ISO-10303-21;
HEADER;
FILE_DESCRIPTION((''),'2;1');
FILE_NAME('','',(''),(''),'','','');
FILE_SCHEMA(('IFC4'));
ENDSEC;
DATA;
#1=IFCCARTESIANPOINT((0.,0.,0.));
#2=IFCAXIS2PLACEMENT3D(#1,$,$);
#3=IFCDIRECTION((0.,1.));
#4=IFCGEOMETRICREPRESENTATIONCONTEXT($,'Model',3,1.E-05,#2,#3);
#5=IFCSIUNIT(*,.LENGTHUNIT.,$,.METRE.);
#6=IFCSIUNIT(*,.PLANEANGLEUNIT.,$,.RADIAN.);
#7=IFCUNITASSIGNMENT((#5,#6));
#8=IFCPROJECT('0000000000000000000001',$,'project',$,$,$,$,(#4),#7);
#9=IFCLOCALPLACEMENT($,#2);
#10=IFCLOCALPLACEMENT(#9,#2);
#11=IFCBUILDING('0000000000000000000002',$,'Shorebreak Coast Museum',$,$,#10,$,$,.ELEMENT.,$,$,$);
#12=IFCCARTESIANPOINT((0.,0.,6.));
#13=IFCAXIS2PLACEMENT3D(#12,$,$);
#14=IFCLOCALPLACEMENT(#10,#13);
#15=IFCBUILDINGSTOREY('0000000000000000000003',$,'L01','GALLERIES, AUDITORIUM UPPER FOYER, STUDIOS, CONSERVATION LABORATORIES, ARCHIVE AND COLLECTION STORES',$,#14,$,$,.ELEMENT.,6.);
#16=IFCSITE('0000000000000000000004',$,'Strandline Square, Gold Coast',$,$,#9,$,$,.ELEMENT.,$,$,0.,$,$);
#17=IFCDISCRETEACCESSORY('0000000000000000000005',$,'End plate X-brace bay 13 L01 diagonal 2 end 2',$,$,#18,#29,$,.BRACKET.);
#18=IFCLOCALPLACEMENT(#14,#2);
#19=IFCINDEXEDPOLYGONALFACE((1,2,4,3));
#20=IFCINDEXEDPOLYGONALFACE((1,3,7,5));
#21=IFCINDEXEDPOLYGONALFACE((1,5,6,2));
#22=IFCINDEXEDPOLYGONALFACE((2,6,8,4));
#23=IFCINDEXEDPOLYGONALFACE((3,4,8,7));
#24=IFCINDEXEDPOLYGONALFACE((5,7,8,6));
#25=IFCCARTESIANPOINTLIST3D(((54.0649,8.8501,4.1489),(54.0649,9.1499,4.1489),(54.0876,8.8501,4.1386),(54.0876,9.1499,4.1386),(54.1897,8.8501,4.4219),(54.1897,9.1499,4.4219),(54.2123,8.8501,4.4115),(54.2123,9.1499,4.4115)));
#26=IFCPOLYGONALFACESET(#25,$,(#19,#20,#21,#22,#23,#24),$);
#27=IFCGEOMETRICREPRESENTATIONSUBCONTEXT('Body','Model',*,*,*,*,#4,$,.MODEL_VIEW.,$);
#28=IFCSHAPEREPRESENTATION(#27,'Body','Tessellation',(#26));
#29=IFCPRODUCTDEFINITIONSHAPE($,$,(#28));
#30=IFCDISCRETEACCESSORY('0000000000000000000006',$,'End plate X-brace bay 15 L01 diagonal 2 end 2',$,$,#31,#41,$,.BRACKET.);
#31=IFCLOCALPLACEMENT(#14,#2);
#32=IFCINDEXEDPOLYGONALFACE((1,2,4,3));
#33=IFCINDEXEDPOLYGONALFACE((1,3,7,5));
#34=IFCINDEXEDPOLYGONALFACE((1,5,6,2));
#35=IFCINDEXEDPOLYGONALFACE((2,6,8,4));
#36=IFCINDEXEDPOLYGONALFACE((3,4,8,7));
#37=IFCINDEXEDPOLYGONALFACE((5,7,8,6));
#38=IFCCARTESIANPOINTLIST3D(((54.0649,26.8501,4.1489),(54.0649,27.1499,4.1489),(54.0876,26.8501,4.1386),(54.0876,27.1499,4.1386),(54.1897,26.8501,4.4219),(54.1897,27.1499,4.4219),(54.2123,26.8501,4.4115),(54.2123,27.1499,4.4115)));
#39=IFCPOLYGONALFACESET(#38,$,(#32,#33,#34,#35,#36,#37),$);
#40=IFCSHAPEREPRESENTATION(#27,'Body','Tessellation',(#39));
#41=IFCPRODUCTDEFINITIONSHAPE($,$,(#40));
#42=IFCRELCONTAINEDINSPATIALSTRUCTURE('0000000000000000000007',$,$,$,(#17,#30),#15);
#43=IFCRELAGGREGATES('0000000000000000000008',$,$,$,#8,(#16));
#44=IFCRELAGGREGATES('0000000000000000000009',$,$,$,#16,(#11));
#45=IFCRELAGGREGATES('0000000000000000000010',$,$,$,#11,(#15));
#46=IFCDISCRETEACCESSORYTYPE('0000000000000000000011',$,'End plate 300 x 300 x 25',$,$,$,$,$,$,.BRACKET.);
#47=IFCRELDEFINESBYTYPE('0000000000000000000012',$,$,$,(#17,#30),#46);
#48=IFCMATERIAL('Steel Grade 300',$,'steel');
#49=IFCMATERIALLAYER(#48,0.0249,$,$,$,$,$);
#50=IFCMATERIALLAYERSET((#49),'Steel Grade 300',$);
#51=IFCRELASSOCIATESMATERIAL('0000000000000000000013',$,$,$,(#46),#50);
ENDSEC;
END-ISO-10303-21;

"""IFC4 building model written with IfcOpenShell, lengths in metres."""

from ifc_helpers import new_model, si_unit, direction, frame, origin, place, context, subcontext, project, spatial, polyline, outline, extrude, material, layer, layer_set, type_object, element, save


model = new_model("IFC4")

# Units and contexts
model_context = context("Model", 3, precision=1e-05, world=origin(), true_north=direction((0.0, 1.0)))
body_context = subcontext(model_context, "Body", "Model", "MODEL_VIEW")
ifc_project = project(units=[si_unit("LENGTHUNIT", "METRE"), si_unit("PLANEANGLEUNIT", "RADIAN")], contexts=[model_context])

# Site, building, storey
site_placement = place(None, origin())
site = spatial("IfcSite", under=ifc_project, at=site_placement, Name="Strandline Square, Gold Coast", CompositionType="ELEMENT", RefElevation=0.0)
building_placement = place(site_placement, origin())
building = spatial("IfcBuilding", under=site, at=building_placement, Name="Shorebreak Coast Museum", CompositionType="ELEMENT")
storey_placement = place(building_placement, frame((0.0, 0.0, 6.0)))
storey = spatial("IfcBuildingStorey", under=building, at=storey_placement, Name="L01", Description="GALLERIES, AUDITORIUM UPPER FOYER, STUDIOS, CONSERVATION LABORATORIES, ARCHIVE AND COLLECTION STORES", CompositionType="ELEMENT", Elevation=6.0)

# Discrete accessories
ifc_material_1 = material(Name="Steel Grade 300", Category="steel")
ifc_layer_1 = layer(ifc_material_1, 0.0249)
ifc_layer_set_1 = layer_set([ifc_layer_1], Name="Steel Grade 300")
discrete_accessory_type = type_object("IfcDiscreteAccessoryType", Name="End plate 300 x 300 x 25", PredefinedType="BRACKET", material=ifc_layer_set_1)
for number, where, z_axis, x_axis, name in (
    (1, (54.0649, 9.1499, 4.1489), (-0.909501, 0.0, 0.415702), (0.0, -1.0, 0.0), "End plate X-brace bay 13 L01 diagonal 2 end 2"),
    (2, (54.0649, 27.1499, 4.1489), (-0.909501, 0.0, 0.415702), (0.0, -1.0, 0.0), "End plate X-brace bay 15 L01 diagonal 2 end 2"),
):
    element("IfcDiscreteAccessory", number, at=place(storey_placement, frame(where, z_axis=z_axis, x_axis=x_axis)), inside=storey, type_object=discrete_accessory_type, Name=name, PredefinedType="BRACKET", context=body_context, shape_type="SweptSolid", body=[
        extrude(outline(polyline([(0.0, 0.0), (0.2998, 0.0), (0.2998, 0.3001), (0.0, 0.3001), (0.0, 0.0)])), origin(), (0.0, 0.0, -1.0), 0.0249),
    ])

save(model, "model.ifc")
